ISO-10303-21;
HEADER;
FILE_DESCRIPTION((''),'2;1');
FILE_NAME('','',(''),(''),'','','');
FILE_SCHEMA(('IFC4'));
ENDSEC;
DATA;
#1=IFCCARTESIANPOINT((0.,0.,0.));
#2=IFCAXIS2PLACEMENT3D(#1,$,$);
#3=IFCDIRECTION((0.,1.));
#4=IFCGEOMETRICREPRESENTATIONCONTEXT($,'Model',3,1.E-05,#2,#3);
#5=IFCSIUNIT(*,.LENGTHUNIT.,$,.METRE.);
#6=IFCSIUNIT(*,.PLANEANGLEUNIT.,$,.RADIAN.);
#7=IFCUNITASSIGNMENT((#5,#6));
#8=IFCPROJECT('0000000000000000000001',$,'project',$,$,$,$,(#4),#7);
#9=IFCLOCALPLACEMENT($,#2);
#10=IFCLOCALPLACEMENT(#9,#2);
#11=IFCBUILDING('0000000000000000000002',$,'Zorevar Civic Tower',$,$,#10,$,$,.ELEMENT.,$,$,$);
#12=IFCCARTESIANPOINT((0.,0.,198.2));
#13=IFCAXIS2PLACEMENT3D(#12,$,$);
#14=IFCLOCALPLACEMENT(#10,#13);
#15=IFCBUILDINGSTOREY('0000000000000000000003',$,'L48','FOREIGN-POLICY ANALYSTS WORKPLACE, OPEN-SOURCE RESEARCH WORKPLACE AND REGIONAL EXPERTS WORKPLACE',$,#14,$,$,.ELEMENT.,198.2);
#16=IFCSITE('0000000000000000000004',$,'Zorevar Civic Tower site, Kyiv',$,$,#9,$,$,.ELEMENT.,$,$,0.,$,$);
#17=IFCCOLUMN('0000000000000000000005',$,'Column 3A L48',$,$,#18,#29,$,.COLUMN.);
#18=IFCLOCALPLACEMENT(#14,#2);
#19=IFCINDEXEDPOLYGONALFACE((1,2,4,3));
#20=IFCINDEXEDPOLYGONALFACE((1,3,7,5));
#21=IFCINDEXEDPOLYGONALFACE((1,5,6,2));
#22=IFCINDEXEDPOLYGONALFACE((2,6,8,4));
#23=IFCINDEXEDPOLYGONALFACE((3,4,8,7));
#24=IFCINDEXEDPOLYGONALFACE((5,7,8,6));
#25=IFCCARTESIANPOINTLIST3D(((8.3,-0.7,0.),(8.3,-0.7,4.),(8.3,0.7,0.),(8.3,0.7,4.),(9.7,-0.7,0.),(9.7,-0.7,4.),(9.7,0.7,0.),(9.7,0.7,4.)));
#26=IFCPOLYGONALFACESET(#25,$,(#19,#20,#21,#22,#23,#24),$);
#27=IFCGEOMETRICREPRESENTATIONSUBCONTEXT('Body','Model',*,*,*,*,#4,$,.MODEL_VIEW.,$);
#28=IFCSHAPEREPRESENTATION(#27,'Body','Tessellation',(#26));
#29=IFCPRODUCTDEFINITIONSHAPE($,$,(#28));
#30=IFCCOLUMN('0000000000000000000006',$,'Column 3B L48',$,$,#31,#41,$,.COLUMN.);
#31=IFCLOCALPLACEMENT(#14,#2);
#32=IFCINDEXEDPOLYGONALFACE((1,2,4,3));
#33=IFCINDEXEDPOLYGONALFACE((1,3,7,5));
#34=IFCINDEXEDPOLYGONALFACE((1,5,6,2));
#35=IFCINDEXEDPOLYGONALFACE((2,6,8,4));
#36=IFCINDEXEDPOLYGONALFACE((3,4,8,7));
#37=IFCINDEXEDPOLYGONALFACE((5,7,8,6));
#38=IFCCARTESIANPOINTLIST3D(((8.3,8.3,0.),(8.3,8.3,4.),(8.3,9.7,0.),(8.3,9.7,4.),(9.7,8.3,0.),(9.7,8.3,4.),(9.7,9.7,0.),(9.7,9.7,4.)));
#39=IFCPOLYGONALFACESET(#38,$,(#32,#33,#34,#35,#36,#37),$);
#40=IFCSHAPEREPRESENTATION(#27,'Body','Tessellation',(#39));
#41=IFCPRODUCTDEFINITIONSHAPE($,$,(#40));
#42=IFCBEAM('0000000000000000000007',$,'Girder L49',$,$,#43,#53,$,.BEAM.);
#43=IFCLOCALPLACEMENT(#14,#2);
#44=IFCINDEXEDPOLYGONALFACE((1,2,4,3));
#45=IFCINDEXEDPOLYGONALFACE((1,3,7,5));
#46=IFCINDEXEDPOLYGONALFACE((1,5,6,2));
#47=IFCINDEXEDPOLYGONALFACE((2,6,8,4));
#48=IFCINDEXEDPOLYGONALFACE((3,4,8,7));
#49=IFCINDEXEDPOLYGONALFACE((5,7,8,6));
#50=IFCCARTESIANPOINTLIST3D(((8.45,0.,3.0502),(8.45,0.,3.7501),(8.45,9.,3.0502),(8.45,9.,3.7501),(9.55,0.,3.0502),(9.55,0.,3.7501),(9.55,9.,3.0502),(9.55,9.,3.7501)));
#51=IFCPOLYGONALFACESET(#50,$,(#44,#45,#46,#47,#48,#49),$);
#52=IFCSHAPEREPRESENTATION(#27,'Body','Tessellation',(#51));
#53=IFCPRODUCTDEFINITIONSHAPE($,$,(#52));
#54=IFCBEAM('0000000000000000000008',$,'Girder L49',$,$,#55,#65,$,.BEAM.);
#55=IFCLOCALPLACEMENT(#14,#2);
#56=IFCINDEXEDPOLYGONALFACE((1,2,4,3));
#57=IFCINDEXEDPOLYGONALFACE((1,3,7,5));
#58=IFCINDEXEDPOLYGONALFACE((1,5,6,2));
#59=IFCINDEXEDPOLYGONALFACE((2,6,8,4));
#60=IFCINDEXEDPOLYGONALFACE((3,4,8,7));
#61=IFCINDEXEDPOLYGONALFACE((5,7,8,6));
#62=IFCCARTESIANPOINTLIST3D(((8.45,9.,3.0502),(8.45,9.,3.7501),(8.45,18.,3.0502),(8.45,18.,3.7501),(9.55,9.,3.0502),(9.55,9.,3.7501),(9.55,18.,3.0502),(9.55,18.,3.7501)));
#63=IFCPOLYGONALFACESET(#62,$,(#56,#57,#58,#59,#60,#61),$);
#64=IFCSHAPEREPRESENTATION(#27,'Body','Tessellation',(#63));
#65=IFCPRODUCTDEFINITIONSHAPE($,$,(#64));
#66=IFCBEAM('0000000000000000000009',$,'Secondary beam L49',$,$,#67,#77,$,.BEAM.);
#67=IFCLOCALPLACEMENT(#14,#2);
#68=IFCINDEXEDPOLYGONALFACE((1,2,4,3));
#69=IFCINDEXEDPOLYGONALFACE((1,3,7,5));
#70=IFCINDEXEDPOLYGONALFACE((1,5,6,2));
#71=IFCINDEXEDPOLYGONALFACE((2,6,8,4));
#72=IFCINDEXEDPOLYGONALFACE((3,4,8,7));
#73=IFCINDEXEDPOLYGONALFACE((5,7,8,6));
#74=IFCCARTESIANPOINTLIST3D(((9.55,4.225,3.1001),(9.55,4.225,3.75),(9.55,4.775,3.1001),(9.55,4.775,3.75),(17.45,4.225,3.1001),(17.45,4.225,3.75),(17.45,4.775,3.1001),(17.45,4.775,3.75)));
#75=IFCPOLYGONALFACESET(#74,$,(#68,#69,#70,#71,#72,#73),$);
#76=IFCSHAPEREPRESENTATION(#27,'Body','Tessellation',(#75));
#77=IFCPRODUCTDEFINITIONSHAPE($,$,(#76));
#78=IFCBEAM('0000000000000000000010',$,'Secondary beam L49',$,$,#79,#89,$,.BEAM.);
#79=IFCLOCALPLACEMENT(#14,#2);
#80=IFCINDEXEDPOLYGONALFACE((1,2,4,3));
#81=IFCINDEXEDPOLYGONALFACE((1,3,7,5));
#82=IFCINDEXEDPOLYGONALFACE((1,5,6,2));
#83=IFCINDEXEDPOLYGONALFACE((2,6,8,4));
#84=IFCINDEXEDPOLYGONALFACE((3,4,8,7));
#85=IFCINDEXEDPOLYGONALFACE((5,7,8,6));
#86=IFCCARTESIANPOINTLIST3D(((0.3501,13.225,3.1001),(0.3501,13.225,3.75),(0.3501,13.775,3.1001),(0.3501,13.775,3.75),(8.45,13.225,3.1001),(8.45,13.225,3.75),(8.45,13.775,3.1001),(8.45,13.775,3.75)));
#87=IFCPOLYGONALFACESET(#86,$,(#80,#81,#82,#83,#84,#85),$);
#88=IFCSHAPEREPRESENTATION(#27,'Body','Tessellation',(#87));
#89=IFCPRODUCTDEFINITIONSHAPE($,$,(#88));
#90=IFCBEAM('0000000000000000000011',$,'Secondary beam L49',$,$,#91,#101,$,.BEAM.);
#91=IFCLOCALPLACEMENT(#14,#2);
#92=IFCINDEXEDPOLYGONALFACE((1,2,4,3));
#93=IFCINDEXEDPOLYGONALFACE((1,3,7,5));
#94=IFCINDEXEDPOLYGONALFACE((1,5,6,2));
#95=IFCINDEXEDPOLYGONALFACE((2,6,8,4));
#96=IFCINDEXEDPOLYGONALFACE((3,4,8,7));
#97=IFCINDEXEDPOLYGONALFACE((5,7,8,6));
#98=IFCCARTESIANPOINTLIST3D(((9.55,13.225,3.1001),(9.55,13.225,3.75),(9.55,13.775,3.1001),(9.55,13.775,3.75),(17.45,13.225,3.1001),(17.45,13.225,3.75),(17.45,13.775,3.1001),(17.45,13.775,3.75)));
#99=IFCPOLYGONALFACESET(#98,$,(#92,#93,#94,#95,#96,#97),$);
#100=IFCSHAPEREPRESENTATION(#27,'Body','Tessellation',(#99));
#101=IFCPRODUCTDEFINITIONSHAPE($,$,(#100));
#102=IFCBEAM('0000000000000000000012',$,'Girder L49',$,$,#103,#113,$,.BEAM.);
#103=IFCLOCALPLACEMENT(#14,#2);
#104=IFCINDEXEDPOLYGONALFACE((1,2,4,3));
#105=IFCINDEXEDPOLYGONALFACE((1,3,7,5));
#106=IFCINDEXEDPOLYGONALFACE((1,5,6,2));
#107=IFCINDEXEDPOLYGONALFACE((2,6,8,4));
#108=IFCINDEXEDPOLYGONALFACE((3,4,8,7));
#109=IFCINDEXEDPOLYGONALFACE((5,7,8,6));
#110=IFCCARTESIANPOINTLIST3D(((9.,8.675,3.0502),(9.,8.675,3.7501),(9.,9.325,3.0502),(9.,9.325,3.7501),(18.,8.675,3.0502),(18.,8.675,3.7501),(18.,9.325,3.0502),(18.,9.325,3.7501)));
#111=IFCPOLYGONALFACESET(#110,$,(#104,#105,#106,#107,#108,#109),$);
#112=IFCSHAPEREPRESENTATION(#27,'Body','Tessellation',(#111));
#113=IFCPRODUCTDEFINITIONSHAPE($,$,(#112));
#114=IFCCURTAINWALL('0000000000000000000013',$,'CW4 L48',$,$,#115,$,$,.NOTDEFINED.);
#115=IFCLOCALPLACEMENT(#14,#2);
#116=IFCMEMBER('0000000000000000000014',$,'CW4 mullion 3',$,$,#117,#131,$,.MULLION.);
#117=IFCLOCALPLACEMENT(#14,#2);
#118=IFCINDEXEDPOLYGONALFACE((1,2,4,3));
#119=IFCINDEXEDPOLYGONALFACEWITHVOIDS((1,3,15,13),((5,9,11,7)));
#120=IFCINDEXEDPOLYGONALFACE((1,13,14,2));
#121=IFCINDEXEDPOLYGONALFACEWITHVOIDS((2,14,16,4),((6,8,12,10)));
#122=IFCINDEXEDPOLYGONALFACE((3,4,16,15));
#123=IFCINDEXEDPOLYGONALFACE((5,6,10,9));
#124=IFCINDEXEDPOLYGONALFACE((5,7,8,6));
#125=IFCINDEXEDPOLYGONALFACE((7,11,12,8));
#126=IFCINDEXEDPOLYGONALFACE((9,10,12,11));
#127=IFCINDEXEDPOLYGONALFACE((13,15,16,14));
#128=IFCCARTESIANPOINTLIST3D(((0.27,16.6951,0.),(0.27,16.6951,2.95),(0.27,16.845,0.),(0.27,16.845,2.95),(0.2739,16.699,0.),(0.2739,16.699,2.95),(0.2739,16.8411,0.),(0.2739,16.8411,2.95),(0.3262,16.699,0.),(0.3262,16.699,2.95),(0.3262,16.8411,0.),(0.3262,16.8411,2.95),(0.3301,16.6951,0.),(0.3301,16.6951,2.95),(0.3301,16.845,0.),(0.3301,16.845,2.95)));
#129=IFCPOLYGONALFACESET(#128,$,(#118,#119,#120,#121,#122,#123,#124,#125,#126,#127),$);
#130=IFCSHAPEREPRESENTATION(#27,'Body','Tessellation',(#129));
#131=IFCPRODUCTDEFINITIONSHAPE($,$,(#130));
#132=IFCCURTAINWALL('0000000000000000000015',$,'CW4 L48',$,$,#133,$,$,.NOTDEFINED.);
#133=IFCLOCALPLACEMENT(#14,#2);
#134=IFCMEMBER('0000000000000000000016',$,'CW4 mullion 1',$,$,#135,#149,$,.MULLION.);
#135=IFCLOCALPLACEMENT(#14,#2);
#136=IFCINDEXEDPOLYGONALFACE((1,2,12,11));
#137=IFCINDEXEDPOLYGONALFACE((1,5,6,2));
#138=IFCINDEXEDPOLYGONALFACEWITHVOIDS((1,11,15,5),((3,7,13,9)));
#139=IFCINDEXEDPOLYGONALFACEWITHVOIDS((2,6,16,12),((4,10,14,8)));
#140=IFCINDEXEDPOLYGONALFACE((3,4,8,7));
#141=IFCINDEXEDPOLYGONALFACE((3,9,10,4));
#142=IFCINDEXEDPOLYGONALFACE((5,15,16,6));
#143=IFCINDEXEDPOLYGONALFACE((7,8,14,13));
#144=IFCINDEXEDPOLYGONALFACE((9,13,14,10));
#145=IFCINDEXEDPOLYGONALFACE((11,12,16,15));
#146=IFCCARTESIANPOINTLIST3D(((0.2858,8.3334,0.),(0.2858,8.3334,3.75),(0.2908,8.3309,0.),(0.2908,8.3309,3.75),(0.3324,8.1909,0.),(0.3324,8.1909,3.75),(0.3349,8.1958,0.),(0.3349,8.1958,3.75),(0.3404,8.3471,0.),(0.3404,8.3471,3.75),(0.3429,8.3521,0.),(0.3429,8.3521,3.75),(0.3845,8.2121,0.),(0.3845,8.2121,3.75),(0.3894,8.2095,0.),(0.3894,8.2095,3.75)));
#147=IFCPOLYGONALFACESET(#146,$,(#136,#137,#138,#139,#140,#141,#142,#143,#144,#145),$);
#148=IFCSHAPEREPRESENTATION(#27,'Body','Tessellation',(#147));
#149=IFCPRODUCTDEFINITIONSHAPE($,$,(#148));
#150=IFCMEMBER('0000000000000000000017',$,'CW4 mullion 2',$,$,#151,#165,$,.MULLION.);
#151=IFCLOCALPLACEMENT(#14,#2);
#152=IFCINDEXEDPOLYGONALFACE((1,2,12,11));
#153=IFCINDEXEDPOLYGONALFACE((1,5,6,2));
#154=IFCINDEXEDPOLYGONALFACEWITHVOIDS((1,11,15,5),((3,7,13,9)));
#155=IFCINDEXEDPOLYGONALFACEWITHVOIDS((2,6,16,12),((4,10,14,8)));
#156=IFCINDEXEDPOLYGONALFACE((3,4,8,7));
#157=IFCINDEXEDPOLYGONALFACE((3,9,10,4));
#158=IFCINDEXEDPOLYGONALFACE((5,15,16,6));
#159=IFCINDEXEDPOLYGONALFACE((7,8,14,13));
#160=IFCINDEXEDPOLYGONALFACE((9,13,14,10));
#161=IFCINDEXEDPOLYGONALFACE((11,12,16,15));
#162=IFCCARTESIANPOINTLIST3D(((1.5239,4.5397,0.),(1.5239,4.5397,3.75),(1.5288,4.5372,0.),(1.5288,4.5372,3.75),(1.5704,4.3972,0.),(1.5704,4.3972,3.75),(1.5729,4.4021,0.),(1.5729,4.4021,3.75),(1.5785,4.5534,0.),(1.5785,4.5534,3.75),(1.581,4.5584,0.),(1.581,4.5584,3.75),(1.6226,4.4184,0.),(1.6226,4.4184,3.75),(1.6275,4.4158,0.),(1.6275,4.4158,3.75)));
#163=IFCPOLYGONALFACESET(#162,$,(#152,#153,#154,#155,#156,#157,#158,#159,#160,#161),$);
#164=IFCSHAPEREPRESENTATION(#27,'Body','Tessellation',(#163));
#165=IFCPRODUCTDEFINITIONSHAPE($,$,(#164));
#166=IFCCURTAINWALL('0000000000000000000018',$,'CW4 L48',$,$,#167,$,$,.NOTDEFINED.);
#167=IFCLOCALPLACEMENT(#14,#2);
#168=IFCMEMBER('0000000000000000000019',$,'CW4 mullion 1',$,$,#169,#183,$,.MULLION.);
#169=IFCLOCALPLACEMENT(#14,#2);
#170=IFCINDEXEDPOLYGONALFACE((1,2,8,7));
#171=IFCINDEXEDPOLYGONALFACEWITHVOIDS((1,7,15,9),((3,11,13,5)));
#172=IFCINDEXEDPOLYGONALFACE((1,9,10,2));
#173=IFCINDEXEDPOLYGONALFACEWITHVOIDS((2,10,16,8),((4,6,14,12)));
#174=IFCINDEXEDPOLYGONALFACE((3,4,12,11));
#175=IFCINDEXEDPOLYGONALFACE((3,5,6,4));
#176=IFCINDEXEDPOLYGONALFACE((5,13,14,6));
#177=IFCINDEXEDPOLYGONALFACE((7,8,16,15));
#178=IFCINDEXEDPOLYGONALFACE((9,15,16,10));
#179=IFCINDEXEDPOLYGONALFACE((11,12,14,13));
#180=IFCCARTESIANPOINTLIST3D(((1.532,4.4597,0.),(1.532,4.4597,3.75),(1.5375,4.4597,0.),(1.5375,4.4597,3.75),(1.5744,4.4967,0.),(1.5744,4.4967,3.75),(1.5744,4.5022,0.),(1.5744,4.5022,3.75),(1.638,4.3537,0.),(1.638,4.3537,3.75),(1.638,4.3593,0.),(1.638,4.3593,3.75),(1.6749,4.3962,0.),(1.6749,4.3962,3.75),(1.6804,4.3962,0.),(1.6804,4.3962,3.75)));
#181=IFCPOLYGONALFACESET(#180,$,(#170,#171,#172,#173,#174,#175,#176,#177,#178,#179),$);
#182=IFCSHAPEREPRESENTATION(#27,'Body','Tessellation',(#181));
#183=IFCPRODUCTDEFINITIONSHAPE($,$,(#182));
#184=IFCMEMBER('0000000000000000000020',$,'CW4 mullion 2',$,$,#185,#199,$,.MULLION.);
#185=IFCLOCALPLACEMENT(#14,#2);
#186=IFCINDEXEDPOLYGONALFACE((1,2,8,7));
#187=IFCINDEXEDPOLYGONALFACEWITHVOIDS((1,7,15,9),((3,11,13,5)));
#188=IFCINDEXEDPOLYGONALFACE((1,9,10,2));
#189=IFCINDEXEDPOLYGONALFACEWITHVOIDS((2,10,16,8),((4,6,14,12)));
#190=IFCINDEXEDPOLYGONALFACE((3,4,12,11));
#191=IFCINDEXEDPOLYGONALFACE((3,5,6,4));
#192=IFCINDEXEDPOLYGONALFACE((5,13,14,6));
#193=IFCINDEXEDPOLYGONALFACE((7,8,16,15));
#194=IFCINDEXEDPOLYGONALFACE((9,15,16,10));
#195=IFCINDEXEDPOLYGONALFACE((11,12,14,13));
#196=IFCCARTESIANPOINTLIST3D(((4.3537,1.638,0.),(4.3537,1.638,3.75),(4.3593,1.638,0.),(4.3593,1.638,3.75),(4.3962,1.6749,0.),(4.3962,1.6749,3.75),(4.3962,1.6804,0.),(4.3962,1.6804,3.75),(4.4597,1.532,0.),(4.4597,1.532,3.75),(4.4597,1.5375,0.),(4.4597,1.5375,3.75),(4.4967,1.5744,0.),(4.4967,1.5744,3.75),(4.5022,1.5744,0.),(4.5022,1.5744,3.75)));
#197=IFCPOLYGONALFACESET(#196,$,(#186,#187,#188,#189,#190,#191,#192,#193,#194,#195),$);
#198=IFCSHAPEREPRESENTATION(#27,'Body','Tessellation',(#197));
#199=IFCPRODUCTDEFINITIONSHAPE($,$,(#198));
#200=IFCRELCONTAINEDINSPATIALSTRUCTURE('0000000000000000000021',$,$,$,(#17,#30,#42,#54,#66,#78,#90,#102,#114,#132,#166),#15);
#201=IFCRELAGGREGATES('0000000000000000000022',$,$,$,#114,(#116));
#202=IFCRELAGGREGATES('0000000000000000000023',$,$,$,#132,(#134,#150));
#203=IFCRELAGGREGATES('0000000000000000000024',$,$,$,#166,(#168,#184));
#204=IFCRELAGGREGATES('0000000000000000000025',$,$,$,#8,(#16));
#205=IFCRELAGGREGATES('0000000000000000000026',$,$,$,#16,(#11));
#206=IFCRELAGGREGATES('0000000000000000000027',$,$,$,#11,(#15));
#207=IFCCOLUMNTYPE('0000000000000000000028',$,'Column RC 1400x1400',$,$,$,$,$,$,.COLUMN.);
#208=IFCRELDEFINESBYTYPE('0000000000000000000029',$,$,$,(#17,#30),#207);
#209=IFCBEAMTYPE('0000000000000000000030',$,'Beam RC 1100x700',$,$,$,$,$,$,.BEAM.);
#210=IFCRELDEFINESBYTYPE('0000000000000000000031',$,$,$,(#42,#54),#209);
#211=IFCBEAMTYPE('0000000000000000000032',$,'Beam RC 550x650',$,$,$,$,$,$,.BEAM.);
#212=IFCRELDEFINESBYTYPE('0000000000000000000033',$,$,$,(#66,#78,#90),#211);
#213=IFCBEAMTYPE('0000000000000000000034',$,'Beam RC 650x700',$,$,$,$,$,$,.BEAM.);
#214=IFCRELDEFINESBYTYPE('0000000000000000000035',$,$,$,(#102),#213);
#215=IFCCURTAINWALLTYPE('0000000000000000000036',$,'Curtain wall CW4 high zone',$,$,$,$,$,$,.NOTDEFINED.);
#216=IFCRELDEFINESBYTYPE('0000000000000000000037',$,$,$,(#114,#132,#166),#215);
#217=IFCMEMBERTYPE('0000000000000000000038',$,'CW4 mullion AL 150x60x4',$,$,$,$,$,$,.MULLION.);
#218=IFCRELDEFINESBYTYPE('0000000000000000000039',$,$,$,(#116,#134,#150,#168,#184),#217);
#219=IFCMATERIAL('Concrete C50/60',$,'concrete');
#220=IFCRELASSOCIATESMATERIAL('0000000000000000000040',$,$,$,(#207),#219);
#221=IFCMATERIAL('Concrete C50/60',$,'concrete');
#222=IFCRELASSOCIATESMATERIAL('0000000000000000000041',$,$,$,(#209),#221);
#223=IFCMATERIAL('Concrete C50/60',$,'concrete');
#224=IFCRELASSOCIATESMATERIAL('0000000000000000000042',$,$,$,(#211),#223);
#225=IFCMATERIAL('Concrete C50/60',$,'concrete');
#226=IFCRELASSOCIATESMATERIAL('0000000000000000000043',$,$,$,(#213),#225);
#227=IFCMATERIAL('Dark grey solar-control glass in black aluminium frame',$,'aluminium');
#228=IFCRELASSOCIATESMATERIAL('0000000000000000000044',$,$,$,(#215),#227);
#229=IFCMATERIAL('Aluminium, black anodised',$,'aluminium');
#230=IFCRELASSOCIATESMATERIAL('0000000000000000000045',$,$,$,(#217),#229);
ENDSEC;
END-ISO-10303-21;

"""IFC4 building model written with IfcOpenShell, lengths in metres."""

from ifc_helpers import new_model, si_unit, direction, frame, origin, origin_2d, place, context, subcontext, project, spatial, rectangle, hollow_rectangle, extrude, material, material_profile, profile_set, type_object, element, aggregate, save


model = new_model("IFC4")

# Units and contexts
model_context = context("Model", 3, precision=1e-05, world=origin(), true_north=direction((0.0, 1.0)))
body_context = subcontext(model_context, "Body", "Model", "MODEL_VIEW")
ifc_project = project(units=[si_unit("LENGTHUNIT", "METRE"), si_unit("PLANEANGLEUNIT", "RADIAN")], contexts=[model_context])

# Site, building, storey
site_placement = place(None, origin())
site = spatial("IfcSite", under=ifc_project, at=site_placement, Name="Zorevar Civic Tower site, Kyiv", CompositionType="ELEMENT", RefElevation=0.0)
building_placement = place(site_placement, origin())
building = spatial("IfcBuilding", under=site, at=building_placement, Name="Zorevar Civic Tower", CompositionType="ELEMENT")
storey_placement = place(building_placement, frame((0.0, 0.0, 198.2)))
storey = spatial("IfcBuildingStorey", under=building, at=storey_placement, Name="L48", Description="FOREIGN-POLICY ANALYSTS WORKPLACE, OPEN-SOURCE RESEARCH WORKPLACE AND REGIONAL EXPERTS WORKPLACE", CompositionType="ELEMENT", Elevation=198.2)

# Columns
ifc_material_1 = material(Name="Concrete C50/60", Category="concrete")
ifc_material_profile_1 = material_profile(ifc_material_1, rectangle(XDim=1.3999, YDim=1.3999, at=origin_2d()), Name="RC 1400x1400")
ifc_profile_set_1 = profile_set([ifc_material_profile_1], Name="Concrete C50/60")
column_type = type_object("IfcColumnType", Name="Column RC 1400x1400", PredefinedType="COLUMN", material=ifc_profile_set_1)
for number, where, z_axis, x_axis, name in (
    (1, (9.0, 0.0, 0.0), (0.0, 0.0, 1.0), (1.0, 0.0, 0.0), "Column 3A L48"),
    (2, (9.0, 9.0, 0.0), (0.0, 0.0, 1.0), (1.0, 0.0, 0.0), "Column 3B L48"),
):
    element("IfcColumn", number, at=place(storey_placement, frame(where, z_axis=z_axis, x_axis=x_axis)), inside=storey, type_object=column_type, Name=name, PredefinedType="COLUMN", context=body_context, shape_type="SweptSolid", body=[
        extrude(rectangle(XDim=1.3999, YDim=1.3999, at=origin_2d()), origin(), (0.0, 0.0, 1.0), 4.0),
    ])

# Beams
ifc_material_2 = material(Name="Concrete C50/60", Category="concrete")
ifc_material_profile_2 = material_profile(ifc_material_2, rectangle(XDim=1.1001, YDim=0.7, at=origin_2d()), Name="RC 1100x700")
ifc_profile_set_2 = profile_set([ifc_material_profile_2], Name="Concrete C50/60")
beam_type_1 = type_object("IfcBeamType", Name="Beam RC 1100x700", PredefinedType="BEAM", material=ifc_profile_set_2)
for number, where, z_axis, x_axis, name in (
    (3, (9.0, 0.0, 3.4001), (0.0, 1.0, 0.0), (-1.0, 0.0, 0.0), "Girder L49"),
    (4, (9.0, 9.0, 3.4001), (0.0, 1.0, 0.0), (-1.0, 0.0, 0.0), "Girder L49"),
):
    element("IfcBeam", number, at=place(storey_placement, frame(where, z_axis=z_axis, x_axis=x_axis)), inside=storey, type_object=beam_type_1, Name=name, PredefinedType="BEAM", context=body_context, shape_type="SweptSolid", body=[
        extrude(rectangle(XDim=1.1001, YDim=0.7, at=origin_2d()), origin(), (0.0, 0.0, 1.0), 9.0),
    ])
ifc_material_3 = material(Name="Concrete C50/60", Category="concrete")
ifc_material_profile_3 = material_profile(ifc_material_3, rectangle(XDim=0.55, YDim=0.6499, at=origin_2d()), Name="RC 550x650")
ifc_profile_set_3 = profile_set([ifc_material_profile_3], Name="Concrete C50/60")
beam_type_2 = type_object("IfcBeamType", Name="Beam RC 550x650", PredefinedType="BEAM", material=ifc_profile_set_3)
beam_1_placement = place(storey_placement, frame((9.55, 4.5, 3.425), z_axis=(1.0, 0.0, 0.0), x_axis=(0.0, 1.0, 0.0)))
element("IfcBeam", 5, at=beam_1_placement, inside=storey, type_object=beam_type_2, Name="Secondary beam L49", PredefinedType="BEAM", context=body_context, shape_type="SweptSolid", body=[
    extrude(rectangle(XDim=0.55, YDim=0.6499, at=origin_2d()), origin(), (0.0, 0.0, 1.0), 7.8999),
])
beam_2_placement = place(storey_placement, frame((0.3501, 13.5, 3.425), z_axis=(1.0, 0.0, 0.0), x_axis=(0.0, 1.0, 0.0)))
element("IfcBeam", 6, at=beam_2_placement, inside=storey, type_object=beam_type_2, Name="Secondary beam L49", PredefinedType="BEAM", context=body_context, shape_type="SweptSolid", body=[
    extrude(rectangle(XDim=0.55, YDim=0.6499, at=origin_2d()), origin(), (0.0, 0.0, 1.0), 8.0999),
])
beam_3_placement = place(storey_placement, frame((9.55, 13.5, 3.425), z_axis=(1.0, 0.0, 0.0), x_axis=(0.0, 1.0, 0.0)))
element("IfcBeam", 7, at=beam_3_placement, inside=storey, type_object=beam_type_2, Name="Secondary beam L49", PredefinedType="BEAM", context=body_context, shape_type="SweptSolid", body=[
    extrude(rectangle(XDim=0.55, YDim=0.6499, at=origin_2d()), origin(), (0.0, 0.0, 1.0), 7.8999),
])
ifc_material_4 = material(Name="Concrete C50/60", Category="concrete")
ifc_material_profile_4 = material_profile(ifc_material_4, rectangle(XDim=0.6499, YDim=0.7, at=origin_2d()), Name="RC 650x700")
ifc_profile_set_4 = profile_set([ifc_material_profile_4], Name="Concrete C50/60")
beam_type_3 = type_object("IfcBeamType", Name="Beam RC 650x700", PredefinedType="BEAM", material=ifc_profile_set_4)
beam_4_placement = place(storey_placement, frame((9.0, 9.0, 3.4001), z_axis=(1.0, 0.0, 0.0), x_axis=(0.0, 1.0, 0.0)))
element("IfcBeam", 8, at=beam_4_placement, inside=storey, type_object=beam_type_3, Name="Girder L49", PredefinedType="BEAM", context=body_context, shape_type="SweptSolid", body=[
    extrude(rectangle(XDim=0.6499, YDim=0.7, at=origin_2d()), origin(), (0.0, 0.0, 1.0), 9.0),
])

# Curtain wall, member
ifc_material_5 = material(Name="Dark grey solar-control glass in black aluminium frame", Category="aluminium")
curtain_wall_type = type_object("IfcCurtainWallType", Name="Curtain wall CW4 high zone", PredefinedType="NOTDEFINED", material=ifc_material_5)
curtain_wall_1_placement = place(storey_placement, origin())
curtain_wall_1 = element("IfcCurtainWall", 9, at=curtain_wall_1_placement, inside=storey, type_object=curtain_wall_type, Name="CW4 L48", PredefinedType="NOTDEFINED")
ifc_material_6 = material(Name="Aluminium, black anodised", Category="aluminium")
ifc_material_profile_5 = material_profile(ifc_material_6, hollow_rectangle(XDim=0.0601, YDim=0.1499, WallThickness=0.0039, at=origin_2d()), Name="AL 150x60x4")
ifc_profile_set_5 = profile_set([ifc_material_profile_5], Name="Aluminium, black anodised")
member_type_1 = type_object("IfcMemberType", Name="CW4 mullion AL 150x60x4", PredefinedType="MULLION", material=ifc_profile_set_5)
member_1_placement = place(storey_placement, frame((0.3, 16.77, 0.0), z_axis=(0.0, 0.0, 1.0), x_axis=(-1.0, 0.0, 0.0)))
member_1 = element("IfcMember", 10, at=member_1_placement, type_object=member_type_1, Name="CW4 mullion 3", PredefinedType="MULLION", context=body_context, shape_type="SweptSolid", body=[
    extrude(hollow_rectangle(XDim=0.0601, YDim=0.1499, WallThickness=0.0039, at=origin_2d()), origin(), (0.0, 0.0, 1.0), 2.95),
])
aggregate(curtain_wall_1, [member_1])

# Curtain walls, members
curtain_wall_2_placement = place(storey_placement, origin())
curtain_wall_2 = element("IfcCurtainWall", 11, at=curtain_wall_2_placement, inside=storey, type_object=curtain_wall_type, Name="CW4 L48", PredefinedType="NOTDEFINED")
member_2_placement = place(storey_placement, frame((0.3376, 8.2715, 0.0), z_axis=(0.0, 0.0, 1.0), x_axis=(0.950645, 0.310281, 0.0)))
member_2 = element("IfcMember", 12, at=member_2_placement, type_object=member_type_1, Name="CW4 mullion 1", PredefinedType="MULLION", context=body_context, shape_type="SweptSolid", body=[
    extrude(hollow_rectangle(XDim=0.0601, YDim=0.1499, WallThickness=0.0039, at=origin_2d()), origin(), (0.0, 0.0, 1.0), 3.75),
])
member_3_placement = place(storey_placement, frame((1.5757, 4.4778, 0.0), z_axis=(0.0, 0.0, 1.0), x_axis=(0.950645, 0.310281, 0.0)))
member_3 = element("IfcMember", 13, at=member_3_placement, type_object=member_type_1, Name="CW4 mullion 2", PredefinedType="MULLION", context=body_context, shape_type="SweptSolid", body=[
    extrude(hollow_rectangle(XDim=0.0601, YDim=0.1499, WallThickness=0.0039, at=origin_2d()), origin(), (0.0, 0.0, 1.0), 3.75),
])
curtain_wall_3_placement = place(storey_placement, origin())
curtain_wall_3 = element("IfcCurtainWall", 14, at=curtain_wall_3_placement, inside=storey, type_object=curtain_wall_type, Name="CW4 L48", PredefinedType="NOTDEFINED")
member_4_placement = place(storey_placement, frame((1.6062, 4.428, 0.0), z_axis=(0.0, 0.0, 1.0), x_axis=(0.707107, 0.707107, 0.0)))
member_4 = element("IfcMember", 15, at=member_4_placement, type_object=member_type_1, Name="CW4 mullion 1", PredefinedType="MULLION", context=body_context, shape_type="SweptSolid", body=[
    extrude(hollow_rectangle(XDim=0.0601, YDim=0.1499, WallThickness=0.0039, at=origin_2d()), origin(), (0.0, 0.0, 1.0), 3.75),
])
member_5_placement = place(storey_placement, frame((4.428, 1.6062, 0.0), z_axis=(0.0, 0.0, 1.0), x_axis=(0.707107, 0.707107, 0.0)))
member_5 = element("IfcMember", 16, at=member_5_placement, type_object=member_type_1, Name="CW4 mullion 2", PredefinedType="MULLION", context=body_context, shape_type="SweptSolid", body=[
    extrude(hollow_rectangle(XDim=0.0601, YDim=0.1499, WallThickness=0.0039, at=origin_2d()), origin(), (0.0, 0.0, 1.0), 3.75),
])

aggregate(curtain_wall_2, [member_2, member_3])
aggregate(curtain_wall_3, [member_4, member_5])

save(model, "model.ifc")
